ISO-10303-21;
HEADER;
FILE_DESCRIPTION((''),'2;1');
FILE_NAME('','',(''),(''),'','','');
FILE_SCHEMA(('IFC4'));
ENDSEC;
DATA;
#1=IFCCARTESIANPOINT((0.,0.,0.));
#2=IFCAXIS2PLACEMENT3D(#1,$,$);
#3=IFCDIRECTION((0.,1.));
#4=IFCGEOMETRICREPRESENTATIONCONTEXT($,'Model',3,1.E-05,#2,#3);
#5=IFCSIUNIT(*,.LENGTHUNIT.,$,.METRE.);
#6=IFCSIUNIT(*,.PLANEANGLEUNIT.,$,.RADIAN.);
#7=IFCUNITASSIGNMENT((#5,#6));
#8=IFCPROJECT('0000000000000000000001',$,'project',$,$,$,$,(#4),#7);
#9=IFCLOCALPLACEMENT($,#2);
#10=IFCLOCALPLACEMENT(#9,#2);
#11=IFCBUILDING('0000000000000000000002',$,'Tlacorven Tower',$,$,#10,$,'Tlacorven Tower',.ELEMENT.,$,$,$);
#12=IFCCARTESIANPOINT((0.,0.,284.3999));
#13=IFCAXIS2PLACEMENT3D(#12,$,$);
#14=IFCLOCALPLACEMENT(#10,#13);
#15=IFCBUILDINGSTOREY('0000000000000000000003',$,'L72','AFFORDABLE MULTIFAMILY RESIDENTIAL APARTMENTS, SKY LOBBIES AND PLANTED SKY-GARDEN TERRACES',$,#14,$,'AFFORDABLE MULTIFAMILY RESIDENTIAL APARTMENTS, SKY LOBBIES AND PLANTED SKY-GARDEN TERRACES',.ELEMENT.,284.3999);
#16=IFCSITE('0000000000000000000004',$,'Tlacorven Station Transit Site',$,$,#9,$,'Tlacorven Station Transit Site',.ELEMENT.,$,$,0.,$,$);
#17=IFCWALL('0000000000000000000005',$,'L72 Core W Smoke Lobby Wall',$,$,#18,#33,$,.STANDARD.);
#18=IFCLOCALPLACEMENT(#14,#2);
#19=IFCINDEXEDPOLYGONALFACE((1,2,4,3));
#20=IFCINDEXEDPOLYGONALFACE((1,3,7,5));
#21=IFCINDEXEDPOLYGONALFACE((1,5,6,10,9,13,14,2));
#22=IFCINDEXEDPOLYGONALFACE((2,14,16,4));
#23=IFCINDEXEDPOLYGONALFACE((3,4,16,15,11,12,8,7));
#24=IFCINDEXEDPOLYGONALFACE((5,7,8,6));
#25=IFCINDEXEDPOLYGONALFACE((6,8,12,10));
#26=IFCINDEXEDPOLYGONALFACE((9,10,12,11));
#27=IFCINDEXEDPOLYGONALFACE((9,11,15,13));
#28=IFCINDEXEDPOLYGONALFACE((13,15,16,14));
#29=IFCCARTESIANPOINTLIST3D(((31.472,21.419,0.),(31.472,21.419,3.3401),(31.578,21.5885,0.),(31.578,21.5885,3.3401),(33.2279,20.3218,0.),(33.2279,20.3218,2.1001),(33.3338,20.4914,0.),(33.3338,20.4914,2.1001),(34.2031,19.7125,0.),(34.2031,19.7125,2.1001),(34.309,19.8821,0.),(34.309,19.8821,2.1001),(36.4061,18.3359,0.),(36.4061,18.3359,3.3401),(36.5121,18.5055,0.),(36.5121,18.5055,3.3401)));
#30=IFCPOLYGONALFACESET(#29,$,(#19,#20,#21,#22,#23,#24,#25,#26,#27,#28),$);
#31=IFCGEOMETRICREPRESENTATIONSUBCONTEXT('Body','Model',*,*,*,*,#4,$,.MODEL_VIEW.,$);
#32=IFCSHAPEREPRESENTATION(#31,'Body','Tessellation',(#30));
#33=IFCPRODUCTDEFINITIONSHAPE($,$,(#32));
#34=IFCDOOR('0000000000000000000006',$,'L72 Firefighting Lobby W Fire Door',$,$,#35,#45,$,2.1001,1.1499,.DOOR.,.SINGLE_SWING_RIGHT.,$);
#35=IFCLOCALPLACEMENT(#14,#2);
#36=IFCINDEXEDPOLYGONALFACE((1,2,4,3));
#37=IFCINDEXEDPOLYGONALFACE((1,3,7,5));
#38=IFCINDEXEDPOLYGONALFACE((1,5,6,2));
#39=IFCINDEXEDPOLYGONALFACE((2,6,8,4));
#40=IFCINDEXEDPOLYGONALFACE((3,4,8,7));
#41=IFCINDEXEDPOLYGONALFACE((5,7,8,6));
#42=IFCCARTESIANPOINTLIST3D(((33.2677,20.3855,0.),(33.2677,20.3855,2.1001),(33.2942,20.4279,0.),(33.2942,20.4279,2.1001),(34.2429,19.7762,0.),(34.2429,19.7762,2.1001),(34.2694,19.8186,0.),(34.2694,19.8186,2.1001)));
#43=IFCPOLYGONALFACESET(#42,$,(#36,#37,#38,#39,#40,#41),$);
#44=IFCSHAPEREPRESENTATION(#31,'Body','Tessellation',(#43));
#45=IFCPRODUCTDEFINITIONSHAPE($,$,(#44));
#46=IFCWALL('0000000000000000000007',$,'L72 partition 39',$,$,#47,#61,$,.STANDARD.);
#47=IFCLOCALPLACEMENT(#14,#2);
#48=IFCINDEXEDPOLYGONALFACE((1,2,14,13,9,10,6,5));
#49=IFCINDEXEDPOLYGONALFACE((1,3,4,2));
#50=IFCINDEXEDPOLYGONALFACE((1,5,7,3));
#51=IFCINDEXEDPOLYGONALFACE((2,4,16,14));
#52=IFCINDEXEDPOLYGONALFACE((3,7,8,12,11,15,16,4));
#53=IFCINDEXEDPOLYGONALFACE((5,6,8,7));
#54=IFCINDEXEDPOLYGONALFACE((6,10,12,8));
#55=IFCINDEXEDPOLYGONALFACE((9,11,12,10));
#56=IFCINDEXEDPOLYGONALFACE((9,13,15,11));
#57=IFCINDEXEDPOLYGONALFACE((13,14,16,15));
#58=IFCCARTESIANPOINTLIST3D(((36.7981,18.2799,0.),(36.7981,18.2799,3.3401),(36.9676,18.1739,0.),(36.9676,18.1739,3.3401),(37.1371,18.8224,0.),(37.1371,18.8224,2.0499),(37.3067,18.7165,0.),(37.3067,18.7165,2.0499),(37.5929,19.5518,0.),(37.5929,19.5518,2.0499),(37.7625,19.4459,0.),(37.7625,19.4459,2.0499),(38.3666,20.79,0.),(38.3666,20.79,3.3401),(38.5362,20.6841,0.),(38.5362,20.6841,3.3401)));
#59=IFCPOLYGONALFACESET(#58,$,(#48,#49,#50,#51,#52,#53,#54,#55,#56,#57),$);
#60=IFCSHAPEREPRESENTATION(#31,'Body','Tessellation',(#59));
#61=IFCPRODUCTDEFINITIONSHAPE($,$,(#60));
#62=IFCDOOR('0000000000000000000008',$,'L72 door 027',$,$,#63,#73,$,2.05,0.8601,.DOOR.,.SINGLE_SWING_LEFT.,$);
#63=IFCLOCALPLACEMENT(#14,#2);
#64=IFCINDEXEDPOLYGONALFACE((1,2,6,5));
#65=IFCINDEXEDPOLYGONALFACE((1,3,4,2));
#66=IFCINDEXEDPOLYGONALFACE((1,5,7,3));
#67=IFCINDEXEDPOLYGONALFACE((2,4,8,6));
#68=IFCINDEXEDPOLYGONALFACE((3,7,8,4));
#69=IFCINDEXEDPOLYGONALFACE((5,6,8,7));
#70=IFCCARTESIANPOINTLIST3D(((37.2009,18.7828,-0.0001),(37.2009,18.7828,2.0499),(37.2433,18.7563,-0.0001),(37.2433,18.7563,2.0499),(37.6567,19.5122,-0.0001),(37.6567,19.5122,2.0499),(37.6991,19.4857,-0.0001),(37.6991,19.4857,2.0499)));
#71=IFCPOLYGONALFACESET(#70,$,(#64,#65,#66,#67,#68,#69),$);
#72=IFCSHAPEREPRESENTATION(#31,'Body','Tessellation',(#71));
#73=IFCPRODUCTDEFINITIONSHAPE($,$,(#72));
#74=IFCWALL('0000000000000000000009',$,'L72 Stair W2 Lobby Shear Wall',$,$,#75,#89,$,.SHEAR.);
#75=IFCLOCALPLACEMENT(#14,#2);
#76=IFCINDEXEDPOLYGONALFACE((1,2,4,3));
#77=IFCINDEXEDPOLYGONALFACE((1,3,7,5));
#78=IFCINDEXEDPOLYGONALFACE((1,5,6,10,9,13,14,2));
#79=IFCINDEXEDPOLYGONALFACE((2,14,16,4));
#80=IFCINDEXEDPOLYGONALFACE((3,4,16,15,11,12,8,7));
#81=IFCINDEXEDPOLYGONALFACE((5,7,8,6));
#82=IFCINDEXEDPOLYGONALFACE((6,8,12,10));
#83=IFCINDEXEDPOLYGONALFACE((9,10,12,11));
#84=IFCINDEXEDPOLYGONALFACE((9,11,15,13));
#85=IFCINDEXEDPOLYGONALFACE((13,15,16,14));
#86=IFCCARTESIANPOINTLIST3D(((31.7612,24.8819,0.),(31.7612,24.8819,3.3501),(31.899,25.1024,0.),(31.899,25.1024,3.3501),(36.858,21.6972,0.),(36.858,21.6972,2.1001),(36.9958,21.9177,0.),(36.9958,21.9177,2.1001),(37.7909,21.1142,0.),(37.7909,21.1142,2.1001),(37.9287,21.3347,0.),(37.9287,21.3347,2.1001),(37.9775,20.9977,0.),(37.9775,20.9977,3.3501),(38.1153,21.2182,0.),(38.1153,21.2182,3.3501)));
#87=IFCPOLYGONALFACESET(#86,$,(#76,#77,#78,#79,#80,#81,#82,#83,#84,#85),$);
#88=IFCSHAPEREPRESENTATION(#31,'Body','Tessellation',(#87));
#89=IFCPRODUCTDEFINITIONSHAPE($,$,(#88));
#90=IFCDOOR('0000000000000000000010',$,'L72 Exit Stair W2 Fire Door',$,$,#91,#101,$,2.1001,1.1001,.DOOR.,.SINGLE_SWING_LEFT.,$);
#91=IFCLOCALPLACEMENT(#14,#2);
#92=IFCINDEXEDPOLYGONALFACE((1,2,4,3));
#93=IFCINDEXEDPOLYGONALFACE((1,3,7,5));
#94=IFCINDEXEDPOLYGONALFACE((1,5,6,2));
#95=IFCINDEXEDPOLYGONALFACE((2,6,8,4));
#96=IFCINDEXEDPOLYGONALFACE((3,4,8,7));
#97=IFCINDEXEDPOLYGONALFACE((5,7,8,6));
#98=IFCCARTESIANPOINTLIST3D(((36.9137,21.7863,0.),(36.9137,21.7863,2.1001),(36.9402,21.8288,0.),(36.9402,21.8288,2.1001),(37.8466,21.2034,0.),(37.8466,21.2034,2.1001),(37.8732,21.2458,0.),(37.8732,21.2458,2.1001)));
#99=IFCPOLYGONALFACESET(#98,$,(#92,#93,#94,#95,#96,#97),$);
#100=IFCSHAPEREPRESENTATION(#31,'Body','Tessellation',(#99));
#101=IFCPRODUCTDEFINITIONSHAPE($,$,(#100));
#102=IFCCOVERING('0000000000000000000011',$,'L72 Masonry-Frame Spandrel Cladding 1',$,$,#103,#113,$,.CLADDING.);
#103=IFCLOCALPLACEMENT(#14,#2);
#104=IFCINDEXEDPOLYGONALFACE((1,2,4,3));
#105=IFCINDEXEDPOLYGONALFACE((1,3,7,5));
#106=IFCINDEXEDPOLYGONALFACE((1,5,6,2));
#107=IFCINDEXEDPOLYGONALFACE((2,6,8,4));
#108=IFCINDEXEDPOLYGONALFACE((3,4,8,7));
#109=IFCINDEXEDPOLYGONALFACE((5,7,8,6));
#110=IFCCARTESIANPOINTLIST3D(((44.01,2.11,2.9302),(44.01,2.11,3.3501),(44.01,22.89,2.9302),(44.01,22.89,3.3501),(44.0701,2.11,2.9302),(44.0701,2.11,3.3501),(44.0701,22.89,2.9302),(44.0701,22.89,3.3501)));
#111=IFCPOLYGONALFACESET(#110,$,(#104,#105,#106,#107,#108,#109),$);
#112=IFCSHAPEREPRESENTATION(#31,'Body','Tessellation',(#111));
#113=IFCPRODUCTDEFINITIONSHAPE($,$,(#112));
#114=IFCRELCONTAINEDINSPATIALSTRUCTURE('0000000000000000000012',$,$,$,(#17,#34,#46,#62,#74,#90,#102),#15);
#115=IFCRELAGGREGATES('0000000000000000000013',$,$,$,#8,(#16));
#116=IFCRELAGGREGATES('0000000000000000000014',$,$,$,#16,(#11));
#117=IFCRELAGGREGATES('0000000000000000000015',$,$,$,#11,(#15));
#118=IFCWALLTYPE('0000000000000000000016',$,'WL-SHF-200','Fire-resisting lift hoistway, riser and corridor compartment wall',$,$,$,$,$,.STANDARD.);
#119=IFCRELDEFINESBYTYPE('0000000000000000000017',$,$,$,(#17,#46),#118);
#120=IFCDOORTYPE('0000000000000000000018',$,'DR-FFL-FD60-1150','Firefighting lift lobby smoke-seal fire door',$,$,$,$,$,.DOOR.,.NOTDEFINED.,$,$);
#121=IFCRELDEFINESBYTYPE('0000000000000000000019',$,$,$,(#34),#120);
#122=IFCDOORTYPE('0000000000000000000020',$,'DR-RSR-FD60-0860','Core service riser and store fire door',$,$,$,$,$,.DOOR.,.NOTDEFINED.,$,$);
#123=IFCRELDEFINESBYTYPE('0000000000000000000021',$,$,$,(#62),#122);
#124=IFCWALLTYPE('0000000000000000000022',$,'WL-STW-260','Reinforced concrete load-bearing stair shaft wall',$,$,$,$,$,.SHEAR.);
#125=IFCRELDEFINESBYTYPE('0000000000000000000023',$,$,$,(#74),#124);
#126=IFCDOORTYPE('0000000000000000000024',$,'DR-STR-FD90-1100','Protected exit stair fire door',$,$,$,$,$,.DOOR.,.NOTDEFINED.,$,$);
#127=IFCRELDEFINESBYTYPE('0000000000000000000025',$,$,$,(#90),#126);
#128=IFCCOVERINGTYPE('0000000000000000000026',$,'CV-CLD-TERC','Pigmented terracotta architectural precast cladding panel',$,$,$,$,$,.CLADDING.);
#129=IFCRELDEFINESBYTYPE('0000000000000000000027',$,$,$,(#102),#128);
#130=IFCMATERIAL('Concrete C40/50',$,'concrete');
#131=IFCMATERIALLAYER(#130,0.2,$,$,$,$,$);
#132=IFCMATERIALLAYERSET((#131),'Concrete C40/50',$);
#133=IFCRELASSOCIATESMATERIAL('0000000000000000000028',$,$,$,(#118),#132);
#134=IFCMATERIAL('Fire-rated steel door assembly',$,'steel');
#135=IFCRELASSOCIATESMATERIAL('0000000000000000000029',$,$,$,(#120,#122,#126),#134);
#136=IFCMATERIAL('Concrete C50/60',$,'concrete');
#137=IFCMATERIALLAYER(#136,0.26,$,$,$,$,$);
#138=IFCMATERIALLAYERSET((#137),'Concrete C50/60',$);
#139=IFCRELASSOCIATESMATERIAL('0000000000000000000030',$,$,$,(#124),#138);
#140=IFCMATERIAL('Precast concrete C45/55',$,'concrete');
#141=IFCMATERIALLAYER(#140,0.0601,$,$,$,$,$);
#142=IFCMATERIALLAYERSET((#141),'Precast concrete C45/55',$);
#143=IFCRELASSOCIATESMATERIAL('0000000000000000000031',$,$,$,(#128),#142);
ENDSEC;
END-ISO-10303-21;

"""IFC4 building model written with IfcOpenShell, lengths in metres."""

from ifc_helpers import new_model, si_unit, direction, frame, frame_2d, origin, origin_2d, place, context, subcontext, project, spatial, rectangle, extrude, source, transform, mapped, material, layer, layer_set, type_object, element, fill, save


model = new_model("IFC4")

# Units and contexts
model_context = context("Model", 3, precision=1e-05, world=origin(), true_north=direction((0.0, 1.0)))
body_context = subcontext(model_context, "Body", "Model", "MODEL_VIEW")
ifc_project = project(units=[si_unit("LENGTHUNIT", "METRE"), si_unit("PLANEANGLEUNIT", "RADIAN")], contexts=[model_context])

# Site, building, storey
site_placement = place(None, origin())
site = spatial("IfcSite", under=ifc_project, at=site_placement, Name="Tlacorven Station Transit Site", LongName="Tlacorven Station Transit Site", CompositionType="ELEMENT", RefElevation=0.0)
building_placement = place(site_placement, origin())
building = spatial("IfcBuilding", under=site, at=building_placement, Name="Tlacorven Tower", LongName="Tlacorven Tower", CompositionType="ELEMENT")
storey_placement = place(building_placement, frame((0.0, 0.0, 284.3999)))
storey = spatial("IfcBuildingStorey", under=building, at=storey_placement, Name="L72", Description="AFFORDABLE MULTIFAMILY RESIDENTIAL APARTMENTS, SKY LOBBIES AND PLANTED SKY-GARDEN TERRACES", LongName="AFFORDABLE MULTIFAMILY RESIDENTIAL APARTMENTS, SKY LOBBIES AND PLANTED SKY-GARDEN TERRACES", CompositionType="ELEMENT", Elevation=284.3999)

# Shared definitions
ifc_material_1 = material(Name="Concrete C50/60", Category="concrete")

# Shared definitions
ifc_material_2 = material(Name="Fire-rated steel door assembly", Category="steel")

# Walls, openings, doors
ifc_material_3 = material(Name="Concrete C40/50", Category="concrete")
ifc_layer_1 = layer(ifc_material_3, 0.2)
ifc_layer_set_1 = layer_set([ifc_layer_1], Name="Concrete C40/50")
wall_type_1 = type_object("IfcWallType", Name="WL-SHF-200", Description="Fire-resisting lift hoistway, riser and corridor compartment wall", PredefinedType="STANDARD", material=ifc_layer_set_1)
wall_1_placement = place(storey_placement, frame((36.4592, 18.4207, 0.0), z_axis=(0.0, 0.0, 1.0), x_axis=(-0.84806, 0.529901, 0.0)))
wall_1 = element("IfcWall", 1, at=wall_1_placement, inside=storey, type_object=wall_type_1, Name="L72 Core W Smoke Lobby Wall", PredefinedType="STANDARD", context=body_context, shape_type="SweptSolid", body=[
    extrude(rectangle(XDim=5.8181, YDim=0.2, at=frame_2d((2.9092, 0.0))), origin(), (0.0, 0.0, 1.0), 3.3401),
])
opening_1_placement = place(wall_1_placement, frame((2.5979, 0.0, 0.0)))
opening_1 = element("IfcOpeningElement", 2, at=opening_1_placement, cuts=wall_1, PredefinedType="OPENING", context=body_context, shape_type="SweptSolid", body=[
    extrude(rectangle(XDim=1.1499, YDim=2.1001, at=frame_2d((0.575, 1.05))), frame((0.0, 0.1099, 0.0), z_axis=(0.0, -1.0, 0.0), x_axis=(1.0, 0.0, 0.0)), (0.0, 0.0, 1.0), 0.22),
])
door_type_1 = type_object("IfcDoorType", Name="DR-FFL-FD60-1150", Description="Firefighting lift lobby smoke-seal fire door", OperationType="NOTDEFINED", PredefinedType="DOOR", material=ifc_material_2)
shared_shape_1 = source(origin(), body_context, "Body", "SweptSolid", [
    extrude(rectangle(XDim=1.1499, YDim=2.1001, at=frame_2d((0.575, 1.05))), frame((0.0, 0.0249, 0.0), z_axis=(0.0, -1.0, 0.0), x_axis=(1.0, 0.0, 0.0)), (0.0, 0.0, 1.0), 0.05),
])
door_1_placement = place(opening_1_placement, origin())
door_1 = element("IfcDoor", 3, at=door_1_placement, inside=storey, type_object=door_type_1, Name="L72 Firefighting Lobby W Fire Door", OperationType="SINGLE_SWING_RIGHT", OverallHeight=2.1001, OverallWidth=1.1499, PredefinedType="DOOR", context=body_context, shape_type="MappedRepresentation", body=[
    mapped(shared_shape_1, transform((0.0, 0.0, 0.0), scale=1.0)),
])
fill(opening_1, door_1)
wall_2_placement = place(storey_placement, frame((38.4514, 20.7371, 0.0), z_axis=(0.0, 0.0, 1.0), x_axis=(-0.529925, -0.848045, 0.0)))
wall_2 = element("IfcWall", 4, at=wall_2_placement, inside=storey, type_object=wall_type_1, Name="L72 partition 39", PredefinedType="STANDARD", context=body_context, shape_type="SweptSolid", body=[
    extrude(rectangle(XDim=2.96, YDim=0.2, at=frame_2d((1.48, 0.0))), origin(), (0.0, 0.0, 1.0), 3.3401),
])
opening_2_placement = place(wall_2_placement, frame((1.46, 0.0, 0.0)))
opening_2 = element("IfcOpeningElement", 5, at=opening_2_placement, cuts=wall_2, PredefinedType="OPENING", context=body_context, shape_type="SweptSolid", body=[
    extrude(rectangle(XDim=0.8601, YDim=2.05, at=frame_2d((0.4302, 1.0249))), frame((0.0, 0.1099, 0.0), z_axis=(0.0, -1.0, 0.0), x_axis=(1.0, 0.0, 0.0)), (0.0, 0.0, 1.0), 0.22),
])
door_type_2 = type_object("IfcDoorType", Name="DR-RSR-FD60-0860", Description="Core service riser and store fire door", OperationType="NOTDEFINED", PredefinedType="DOOR", material=ifc_material_2)
shared_shape_2 = source(origin(), body_context, "Body", "SweptSolid", [
    extrude(rectangle(XDim=0.8601, YDim=2.05, at=frame_2d((0.4302, 1.0249))), frame((0.0, 0.0249, 0.0), z_axis=(0.0, -1.0, 0.0), x_axis=(1.0, 0.0, 0.0)), (0.0, 0.0, 1.0), 0.05),
])
door_2_placement = place(opening_2_placement, frame((0.8601, 0.0, 0.0), z_axis=(0.0, 0.0, 1.0), x_axis=(-1.0, 0.0, 0.0)))
door_2 = element("IfcDoor", 6, at=door_2_placement, inside=storey, type_object=door_type_2, Name="L72 door 027", OperationType="SINGLE_SWING_LEFT", OverallHeight=2.05, OverallWidth=0.8601, PredefinedType="DOOR", context=body_context, shape_type="MappedRepresentation", body=[
    mapped(shared_shape_2, transform((0.0, 0.0, 0.0), scale=1.0)),
])
fill(opening_2, door_2)
ifc_layer_2 = layer(ifc_material_1, 0.26)
ifc_layer_set_2 = layer_set([ifc_layer_2], Name="Concrete C50/60")
wall_type_2 = type_object("IfcWallType", Name="WL-STW-260", Description="Reinforced concrete load-bearing stair shaft wall", PredefinedType="SHEAR", material=ifc_layer_set_2)
wall_3_placement = place(storey_placement, frame((38.0464, 21.1079, 0.0), z_axis=(0.0, 0.0, 1.0), x_axis=(-0.848054, 0.529909, 0.0)))
wall_3 = element("IfcWall", 7, at=wall_3_placement, inside=storey, type_object=wall_type_2, Name="L72 Stair W2 Lobby Shear Wall", PredefinedType="SHEAR", context=body_context, shape_type="SweptSolid", body=[
    extrude(rectangle(XDim=7.3301, YDim=0.26, at=frame_2d((3.665, 0.0))), origin(), (0.0, 0.0, 1.0), 3.3501),
])
opening_3_placement = place(wall_3_placement, frame((0.22, 0.0, 0.0)))
opening_3 = element("IfcOpeningElement", 8, at=opening_3_placement, cuts=wall_3, PredefinedType="OPENING", context=body_context, shape_type="SweptSolid", body=[
    extrude(rectangle(XDim=1.1001, YDim=2.1001, at=frame_2d((0.55, 1.05))), frame((0.0, 0.1401, 0.0), z_axis=(0.0, -1.0, 0.0), x_axis=(1.0, 0.0, 0.0)), (0.0, 0.0, 1.0), 0.28),
])
door_type_3 = type_object("IfcDoorType", Name="DR-STR-FD90-1100", Description="Protected exit stair fire door", OperationType="NOTDEFINED", PredefinedType="DOOR", material=ifc_material_2)
shared_shape_3 = source(origin(), body_context, "Body", "SweptSolid", [
    extrude(rectangle(XDim=1.1001, YDim=2.1001, at=frame_2d((0.55, 1.05))), frame((0.0, 0.0249, 0.0), z_axis=(0.0, -1.0, 0.0), x_axis=(1.0, 0.0, 0.0)), (0.0, 0.0, 1.0), 0.05),
])
door_3_placement = place(opening_3_placement, origin())
door_3 = element("IfcDoor", 9, at=door_3_placement, inside=storey, type_object=door_type_3, Name="L72 Exit Stair W2 Fire Door", OperationType="SINGLE_SWING_LEFT", OverallHeight=2.1001, OverallWidth=1.1001, PredefinedType="DOOR", context=body_context, shape_type="MappedRepresentation", body=[
    mapped(shared_shape_3, transform((0.0, 0.0, 0.0), scale=1.0)),
])
fill(opening_3, door_3)

# Covering
ifc_material_4 = material(Name="Precast concrete C45/55", Category="concrete")
ifc_layer_3 = layer(ifc_material_4, 0.0601)
ifc_layer_set_3 = layer_set([ifc_layer_3], Name="Precast concrete C45/55")
covering_type = type_object("IfcCoveringType", Name="CV-CLD-TERC", Description="Pigmented terracotta architectural precast cladding panel", PredefinedType="CLADDING", material=ifc_layer_set_3)
shared_shape_4 = source(origin(), body_context, "Body", "SweptSolid", [
    extrude(rectangle(XDim=20.78, YDim=0.0601, at=origin_2d()), origin(), (0.0, 0.0, 1.0), 0.4199),
])
covering_placement = place(storey_placement, frame((44.04, 12.5, 2.9302), z_axis=(0.0, 0.0, 1.0), x_axis=(0.0, -1.0, 0.0)))
element("IfcCovering", 10, at=covering_placement, inside=storey, type_object=covering_type, Name="L72 Masonry-Frame Spandrel Cladding 1", PredefinedType="CLADDING", context=body_context, shape_type="MappedRepresentation", body=[
    mapped(shared_shape_4, transform((0.0, 0.0, 0.0), scale=1.0)),
])

save(model, "model.ifc")
